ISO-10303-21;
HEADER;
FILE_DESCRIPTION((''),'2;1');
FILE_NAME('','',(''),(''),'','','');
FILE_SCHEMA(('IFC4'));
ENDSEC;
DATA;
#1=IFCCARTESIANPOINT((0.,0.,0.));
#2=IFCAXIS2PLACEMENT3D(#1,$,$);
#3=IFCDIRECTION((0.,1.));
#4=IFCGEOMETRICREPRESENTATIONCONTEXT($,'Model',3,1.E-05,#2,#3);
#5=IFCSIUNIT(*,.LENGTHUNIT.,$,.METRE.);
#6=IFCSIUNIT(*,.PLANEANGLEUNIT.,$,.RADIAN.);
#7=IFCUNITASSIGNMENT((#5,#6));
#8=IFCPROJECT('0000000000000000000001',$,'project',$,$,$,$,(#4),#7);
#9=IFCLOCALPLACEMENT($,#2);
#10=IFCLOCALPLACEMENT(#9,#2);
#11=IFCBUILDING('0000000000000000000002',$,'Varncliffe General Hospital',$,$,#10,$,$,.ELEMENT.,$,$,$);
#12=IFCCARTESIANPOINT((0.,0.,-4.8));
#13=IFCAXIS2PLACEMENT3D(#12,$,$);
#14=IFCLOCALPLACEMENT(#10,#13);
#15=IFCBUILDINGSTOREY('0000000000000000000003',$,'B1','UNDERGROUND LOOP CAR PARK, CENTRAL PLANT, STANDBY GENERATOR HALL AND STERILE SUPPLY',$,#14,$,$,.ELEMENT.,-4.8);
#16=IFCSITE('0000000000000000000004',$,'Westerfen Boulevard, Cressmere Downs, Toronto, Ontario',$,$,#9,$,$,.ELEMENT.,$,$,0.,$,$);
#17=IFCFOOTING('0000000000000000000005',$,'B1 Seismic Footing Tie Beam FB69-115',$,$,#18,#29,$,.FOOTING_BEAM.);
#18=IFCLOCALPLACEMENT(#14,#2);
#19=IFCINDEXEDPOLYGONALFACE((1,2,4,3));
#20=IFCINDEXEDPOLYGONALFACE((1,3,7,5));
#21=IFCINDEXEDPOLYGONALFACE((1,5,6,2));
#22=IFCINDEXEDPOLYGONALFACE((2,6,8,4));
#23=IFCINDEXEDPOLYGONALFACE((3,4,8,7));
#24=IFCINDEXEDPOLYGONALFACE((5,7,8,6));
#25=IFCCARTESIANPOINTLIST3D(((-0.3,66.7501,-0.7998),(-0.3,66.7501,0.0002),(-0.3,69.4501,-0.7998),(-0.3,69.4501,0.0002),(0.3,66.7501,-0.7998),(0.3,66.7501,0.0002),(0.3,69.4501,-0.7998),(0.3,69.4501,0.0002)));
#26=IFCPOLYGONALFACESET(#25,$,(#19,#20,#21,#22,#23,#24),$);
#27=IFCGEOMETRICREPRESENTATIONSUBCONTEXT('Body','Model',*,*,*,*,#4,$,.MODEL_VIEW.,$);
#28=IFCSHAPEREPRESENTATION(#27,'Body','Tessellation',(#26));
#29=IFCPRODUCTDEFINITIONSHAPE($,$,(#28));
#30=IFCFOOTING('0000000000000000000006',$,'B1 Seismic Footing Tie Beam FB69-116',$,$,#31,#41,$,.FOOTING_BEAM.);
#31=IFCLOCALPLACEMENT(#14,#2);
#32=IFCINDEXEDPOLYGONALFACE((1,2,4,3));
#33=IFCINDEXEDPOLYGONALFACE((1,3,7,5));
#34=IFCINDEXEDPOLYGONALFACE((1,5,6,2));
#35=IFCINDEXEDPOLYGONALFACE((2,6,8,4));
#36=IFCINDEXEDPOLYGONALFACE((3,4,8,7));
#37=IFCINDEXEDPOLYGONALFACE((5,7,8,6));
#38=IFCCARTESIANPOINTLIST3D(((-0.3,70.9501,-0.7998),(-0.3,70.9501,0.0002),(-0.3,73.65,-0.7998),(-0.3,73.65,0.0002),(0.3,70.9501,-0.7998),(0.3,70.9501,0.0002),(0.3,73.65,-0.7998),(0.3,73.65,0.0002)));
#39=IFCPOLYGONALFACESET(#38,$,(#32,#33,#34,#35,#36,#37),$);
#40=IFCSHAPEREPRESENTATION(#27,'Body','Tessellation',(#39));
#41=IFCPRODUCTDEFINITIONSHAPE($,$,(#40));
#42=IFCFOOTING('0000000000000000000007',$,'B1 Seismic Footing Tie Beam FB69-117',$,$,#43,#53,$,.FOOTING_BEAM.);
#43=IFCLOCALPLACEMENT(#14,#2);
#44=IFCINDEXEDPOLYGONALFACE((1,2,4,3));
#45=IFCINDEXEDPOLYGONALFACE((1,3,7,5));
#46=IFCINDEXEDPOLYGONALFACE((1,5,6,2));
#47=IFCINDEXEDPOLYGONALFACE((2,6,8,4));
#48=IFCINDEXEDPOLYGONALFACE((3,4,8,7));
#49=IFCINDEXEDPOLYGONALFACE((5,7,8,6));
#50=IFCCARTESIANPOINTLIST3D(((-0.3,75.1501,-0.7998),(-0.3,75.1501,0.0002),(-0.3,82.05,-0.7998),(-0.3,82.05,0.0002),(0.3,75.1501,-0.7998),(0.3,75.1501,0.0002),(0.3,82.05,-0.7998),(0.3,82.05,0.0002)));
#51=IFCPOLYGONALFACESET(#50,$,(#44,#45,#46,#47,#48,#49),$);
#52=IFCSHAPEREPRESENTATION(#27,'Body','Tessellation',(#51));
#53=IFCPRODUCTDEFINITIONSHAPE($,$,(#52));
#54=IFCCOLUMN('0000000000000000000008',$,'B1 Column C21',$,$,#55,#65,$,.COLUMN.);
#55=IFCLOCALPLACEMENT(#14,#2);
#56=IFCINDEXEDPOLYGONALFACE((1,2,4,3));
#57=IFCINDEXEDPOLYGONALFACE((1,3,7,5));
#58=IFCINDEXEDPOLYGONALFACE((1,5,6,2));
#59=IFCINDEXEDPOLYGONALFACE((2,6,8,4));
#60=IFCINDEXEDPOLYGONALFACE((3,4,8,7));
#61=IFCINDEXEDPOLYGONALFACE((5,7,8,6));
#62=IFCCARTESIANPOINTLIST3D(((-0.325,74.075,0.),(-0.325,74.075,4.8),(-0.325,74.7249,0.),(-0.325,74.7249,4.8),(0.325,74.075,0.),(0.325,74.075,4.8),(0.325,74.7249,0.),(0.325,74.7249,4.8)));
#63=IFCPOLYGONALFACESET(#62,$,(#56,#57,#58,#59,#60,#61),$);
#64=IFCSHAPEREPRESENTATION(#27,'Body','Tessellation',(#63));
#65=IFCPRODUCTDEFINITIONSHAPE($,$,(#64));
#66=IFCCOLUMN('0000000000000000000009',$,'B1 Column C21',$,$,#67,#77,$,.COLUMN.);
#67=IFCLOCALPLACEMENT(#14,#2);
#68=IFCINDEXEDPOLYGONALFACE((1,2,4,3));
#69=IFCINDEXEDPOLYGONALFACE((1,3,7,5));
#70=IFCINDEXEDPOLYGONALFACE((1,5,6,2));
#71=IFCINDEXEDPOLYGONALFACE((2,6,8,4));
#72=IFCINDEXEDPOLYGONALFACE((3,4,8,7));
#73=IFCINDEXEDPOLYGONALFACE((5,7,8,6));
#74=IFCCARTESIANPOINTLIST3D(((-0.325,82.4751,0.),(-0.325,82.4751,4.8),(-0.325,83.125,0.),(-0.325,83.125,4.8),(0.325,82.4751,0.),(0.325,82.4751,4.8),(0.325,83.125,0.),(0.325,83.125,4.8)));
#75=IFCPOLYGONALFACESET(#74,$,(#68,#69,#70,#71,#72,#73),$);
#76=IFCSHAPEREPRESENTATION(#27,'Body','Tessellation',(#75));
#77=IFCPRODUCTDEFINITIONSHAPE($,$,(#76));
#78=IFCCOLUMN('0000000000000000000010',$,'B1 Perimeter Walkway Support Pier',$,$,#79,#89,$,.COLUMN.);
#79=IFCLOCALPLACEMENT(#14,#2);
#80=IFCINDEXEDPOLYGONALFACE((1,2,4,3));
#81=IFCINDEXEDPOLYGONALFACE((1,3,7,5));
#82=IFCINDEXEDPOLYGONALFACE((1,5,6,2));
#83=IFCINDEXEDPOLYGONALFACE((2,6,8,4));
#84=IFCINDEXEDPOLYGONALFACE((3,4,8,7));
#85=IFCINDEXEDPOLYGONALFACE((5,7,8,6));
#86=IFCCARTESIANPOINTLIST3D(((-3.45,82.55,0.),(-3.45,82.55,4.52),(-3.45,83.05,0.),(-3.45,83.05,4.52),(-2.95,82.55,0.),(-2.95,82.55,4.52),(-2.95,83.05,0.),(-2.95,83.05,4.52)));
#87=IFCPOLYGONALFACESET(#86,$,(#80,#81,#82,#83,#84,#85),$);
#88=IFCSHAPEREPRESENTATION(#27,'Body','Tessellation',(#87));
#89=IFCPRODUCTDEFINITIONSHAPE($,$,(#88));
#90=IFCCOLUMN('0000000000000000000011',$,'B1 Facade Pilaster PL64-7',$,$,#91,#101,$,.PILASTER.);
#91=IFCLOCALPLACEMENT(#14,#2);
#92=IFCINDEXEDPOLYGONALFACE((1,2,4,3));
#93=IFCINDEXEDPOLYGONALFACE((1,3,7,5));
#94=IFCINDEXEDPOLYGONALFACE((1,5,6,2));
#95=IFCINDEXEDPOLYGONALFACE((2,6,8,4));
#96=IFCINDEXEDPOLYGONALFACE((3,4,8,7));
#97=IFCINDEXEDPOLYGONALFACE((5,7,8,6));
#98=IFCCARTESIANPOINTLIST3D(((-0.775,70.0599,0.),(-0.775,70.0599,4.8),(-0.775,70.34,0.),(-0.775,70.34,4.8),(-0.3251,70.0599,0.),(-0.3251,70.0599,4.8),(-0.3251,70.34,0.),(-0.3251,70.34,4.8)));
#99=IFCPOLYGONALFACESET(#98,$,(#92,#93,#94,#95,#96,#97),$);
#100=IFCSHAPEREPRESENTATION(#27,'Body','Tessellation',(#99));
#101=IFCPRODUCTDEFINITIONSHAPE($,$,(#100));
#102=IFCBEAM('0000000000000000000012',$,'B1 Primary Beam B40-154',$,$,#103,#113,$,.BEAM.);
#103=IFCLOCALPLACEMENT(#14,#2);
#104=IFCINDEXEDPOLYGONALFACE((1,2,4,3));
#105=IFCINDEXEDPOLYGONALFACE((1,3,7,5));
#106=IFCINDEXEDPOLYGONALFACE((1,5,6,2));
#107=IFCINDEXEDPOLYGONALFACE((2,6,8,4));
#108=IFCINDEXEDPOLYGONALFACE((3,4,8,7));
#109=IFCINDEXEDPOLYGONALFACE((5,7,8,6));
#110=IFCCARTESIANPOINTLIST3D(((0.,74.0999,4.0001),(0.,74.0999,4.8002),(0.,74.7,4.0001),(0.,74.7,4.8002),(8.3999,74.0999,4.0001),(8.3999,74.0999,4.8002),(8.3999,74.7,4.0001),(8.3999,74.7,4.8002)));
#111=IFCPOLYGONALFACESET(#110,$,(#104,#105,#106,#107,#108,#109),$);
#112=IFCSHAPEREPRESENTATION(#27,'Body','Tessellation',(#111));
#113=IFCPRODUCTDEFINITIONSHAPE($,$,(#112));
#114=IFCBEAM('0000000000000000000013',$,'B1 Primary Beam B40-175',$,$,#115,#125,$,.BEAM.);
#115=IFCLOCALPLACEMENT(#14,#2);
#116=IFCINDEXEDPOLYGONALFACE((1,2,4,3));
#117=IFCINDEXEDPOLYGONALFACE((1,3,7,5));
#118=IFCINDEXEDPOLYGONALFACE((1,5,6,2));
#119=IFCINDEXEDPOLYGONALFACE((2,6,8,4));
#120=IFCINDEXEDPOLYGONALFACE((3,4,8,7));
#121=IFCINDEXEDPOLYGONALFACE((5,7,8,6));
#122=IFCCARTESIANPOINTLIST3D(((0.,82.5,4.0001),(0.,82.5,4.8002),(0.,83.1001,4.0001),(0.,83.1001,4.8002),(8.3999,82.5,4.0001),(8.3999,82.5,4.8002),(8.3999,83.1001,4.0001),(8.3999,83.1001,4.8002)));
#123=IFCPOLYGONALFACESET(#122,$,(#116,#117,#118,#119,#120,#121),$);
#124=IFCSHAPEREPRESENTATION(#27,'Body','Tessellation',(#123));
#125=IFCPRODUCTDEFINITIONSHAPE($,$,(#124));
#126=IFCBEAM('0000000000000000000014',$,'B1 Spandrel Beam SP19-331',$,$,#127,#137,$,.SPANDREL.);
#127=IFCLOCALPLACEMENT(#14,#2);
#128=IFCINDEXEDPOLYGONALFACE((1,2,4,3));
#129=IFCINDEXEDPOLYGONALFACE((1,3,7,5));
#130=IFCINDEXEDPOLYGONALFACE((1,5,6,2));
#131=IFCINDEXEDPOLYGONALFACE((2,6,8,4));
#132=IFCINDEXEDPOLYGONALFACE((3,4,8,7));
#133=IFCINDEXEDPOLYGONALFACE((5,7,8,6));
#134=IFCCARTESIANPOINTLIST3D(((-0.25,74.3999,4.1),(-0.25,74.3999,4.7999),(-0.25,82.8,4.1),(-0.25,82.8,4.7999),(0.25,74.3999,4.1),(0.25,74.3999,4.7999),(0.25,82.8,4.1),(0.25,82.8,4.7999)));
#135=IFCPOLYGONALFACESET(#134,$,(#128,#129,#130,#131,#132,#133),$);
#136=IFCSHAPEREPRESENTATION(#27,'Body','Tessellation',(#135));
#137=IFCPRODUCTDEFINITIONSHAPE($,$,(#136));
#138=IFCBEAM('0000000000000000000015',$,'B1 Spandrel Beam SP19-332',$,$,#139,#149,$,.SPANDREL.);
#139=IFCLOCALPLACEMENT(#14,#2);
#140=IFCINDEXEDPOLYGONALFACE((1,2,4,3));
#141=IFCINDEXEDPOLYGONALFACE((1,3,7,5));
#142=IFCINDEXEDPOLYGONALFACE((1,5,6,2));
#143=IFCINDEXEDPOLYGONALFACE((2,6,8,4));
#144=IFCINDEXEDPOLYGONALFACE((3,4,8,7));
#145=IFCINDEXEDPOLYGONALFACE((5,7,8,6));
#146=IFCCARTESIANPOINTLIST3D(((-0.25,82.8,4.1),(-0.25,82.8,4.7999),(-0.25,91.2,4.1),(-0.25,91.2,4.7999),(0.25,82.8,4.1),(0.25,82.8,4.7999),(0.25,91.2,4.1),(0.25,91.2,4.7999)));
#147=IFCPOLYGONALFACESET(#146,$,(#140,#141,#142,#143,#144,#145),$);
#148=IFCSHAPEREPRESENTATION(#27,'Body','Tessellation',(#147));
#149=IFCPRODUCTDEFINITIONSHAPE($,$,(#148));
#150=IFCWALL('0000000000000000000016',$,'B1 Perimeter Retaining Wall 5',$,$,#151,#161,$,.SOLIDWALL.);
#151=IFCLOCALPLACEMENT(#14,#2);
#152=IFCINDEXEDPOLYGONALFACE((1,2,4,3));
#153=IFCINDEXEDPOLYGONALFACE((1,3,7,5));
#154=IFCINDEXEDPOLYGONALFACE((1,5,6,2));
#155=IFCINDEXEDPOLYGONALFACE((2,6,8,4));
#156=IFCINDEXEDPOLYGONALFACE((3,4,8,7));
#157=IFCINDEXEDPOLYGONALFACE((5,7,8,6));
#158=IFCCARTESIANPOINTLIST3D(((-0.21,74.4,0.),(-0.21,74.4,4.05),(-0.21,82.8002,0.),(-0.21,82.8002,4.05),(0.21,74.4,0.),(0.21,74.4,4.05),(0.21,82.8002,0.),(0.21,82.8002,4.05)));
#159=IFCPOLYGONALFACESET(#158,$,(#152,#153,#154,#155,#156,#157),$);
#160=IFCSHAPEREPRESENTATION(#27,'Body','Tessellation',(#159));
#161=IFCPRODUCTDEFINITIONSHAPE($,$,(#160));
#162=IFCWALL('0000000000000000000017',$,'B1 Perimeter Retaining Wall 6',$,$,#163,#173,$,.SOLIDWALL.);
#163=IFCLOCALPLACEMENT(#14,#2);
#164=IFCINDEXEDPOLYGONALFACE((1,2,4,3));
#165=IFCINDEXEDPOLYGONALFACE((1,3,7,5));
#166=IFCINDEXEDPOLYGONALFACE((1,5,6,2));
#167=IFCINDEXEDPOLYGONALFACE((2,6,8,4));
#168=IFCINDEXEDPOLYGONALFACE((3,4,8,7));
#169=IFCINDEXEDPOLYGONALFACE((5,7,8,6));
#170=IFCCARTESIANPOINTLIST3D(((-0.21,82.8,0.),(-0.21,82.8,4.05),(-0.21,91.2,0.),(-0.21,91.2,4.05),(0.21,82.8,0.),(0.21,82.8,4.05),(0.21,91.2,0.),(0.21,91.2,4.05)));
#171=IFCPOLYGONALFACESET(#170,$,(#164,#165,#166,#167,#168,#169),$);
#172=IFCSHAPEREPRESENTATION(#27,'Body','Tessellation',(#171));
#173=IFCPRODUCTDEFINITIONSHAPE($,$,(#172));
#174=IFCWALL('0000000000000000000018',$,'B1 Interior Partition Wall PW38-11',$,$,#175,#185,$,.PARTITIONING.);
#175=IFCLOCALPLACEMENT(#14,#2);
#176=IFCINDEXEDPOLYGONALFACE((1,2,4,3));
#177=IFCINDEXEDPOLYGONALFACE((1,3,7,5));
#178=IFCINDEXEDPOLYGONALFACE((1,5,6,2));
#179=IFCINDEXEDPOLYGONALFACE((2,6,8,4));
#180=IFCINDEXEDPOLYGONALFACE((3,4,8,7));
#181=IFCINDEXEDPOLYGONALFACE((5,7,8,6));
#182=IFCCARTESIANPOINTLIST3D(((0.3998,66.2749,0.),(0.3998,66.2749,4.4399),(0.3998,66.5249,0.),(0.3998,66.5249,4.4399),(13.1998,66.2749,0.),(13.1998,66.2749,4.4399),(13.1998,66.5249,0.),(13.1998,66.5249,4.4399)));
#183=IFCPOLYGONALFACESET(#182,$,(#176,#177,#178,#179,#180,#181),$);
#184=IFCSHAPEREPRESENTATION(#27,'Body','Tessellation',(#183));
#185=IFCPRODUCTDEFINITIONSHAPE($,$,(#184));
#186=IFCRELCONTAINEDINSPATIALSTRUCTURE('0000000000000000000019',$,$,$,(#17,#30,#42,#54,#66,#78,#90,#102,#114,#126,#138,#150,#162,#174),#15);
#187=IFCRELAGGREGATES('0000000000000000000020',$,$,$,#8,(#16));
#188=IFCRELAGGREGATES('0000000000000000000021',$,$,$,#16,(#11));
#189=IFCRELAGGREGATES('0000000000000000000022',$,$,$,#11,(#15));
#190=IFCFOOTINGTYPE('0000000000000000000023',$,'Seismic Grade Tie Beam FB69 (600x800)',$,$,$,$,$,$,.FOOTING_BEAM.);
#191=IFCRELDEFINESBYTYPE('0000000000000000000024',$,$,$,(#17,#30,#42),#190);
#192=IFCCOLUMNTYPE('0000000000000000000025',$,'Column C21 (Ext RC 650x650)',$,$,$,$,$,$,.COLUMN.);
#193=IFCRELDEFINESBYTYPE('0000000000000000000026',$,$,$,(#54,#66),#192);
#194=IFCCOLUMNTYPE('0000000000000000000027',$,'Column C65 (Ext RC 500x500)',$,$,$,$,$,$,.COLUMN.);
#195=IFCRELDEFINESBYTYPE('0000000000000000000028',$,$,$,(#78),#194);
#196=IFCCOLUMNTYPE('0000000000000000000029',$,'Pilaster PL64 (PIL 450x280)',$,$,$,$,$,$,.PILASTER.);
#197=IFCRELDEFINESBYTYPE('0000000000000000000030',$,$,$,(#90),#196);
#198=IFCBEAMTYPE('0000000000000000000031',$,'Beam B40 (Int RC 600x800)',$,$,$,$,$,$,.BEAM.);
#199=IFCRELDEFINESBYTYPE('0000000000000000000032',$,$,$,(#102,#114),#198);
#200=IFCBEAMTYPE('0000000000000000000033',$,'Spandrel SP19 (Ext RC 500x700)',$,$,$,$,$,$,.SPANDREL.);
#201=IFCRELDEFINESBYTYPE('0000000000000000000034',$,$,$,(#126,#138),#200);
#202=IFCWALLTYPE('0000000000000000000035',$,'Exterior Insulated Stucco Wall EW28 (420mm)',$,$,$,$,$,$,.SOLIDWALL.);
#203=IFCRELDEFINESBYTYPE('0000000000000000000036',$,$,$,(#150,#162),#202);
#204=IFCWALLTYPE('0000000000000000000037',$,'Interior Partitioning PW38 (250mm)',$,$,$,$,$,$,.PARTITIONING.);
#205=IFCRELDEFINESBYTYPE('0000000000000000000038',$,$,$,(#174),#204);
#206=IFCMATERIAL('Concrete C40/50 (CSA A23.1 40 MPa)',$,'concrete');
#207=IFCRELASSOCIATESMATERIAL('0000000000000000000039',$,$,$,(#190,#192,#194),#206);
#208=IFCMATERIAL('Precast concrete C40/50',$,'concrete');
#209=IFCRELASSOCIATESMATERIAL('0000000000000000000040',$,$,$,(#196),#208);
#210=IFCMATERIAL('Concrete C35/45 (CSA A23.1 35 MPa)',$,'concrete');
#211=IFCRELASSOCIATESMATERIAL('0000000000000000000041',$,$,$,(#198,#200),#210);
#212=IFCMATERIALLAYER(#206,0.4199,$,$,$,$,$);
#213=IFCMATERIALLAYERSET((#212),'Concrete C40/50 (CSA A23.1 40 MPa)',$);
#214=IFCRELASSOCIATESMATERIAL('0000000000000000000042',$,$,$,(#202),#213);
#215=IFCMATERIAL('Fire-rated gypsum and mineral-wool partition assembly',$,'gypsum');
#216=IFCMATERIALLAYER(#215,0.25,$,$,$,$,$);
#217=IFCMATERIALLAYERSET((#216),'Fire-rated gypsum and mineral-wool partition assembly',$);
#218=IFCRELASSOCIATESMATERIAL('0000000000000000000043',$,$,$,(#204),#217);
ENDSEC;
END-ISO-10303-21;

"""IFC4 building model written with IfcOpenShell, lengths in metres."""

from ifc_helpers import new_model, si_unit, direction, frame, frame_2d, origin, origin_2d, place, context, subcontext, project, spatial, rectangle, extrude, material, layer, layer_set, material_profile, profile_set, type_object, element, save


model = new_model("IFC4")

# Units and contexts
model_context = context("Model", 3, precision=1e-05, world=origin(), true_north=direction((0.0, 1.0)))
body_context = subcontext(model_context, "Body", "Model", "MODEL_VIEW")
ifc_project = project(units=[si_unit("LENGTHUNIT", "METRE"), si_unit("PLANEANGLEUNIT", "RADIAN")], contexts=[model_context])

# Site, building, storey
site_placement = place(None, origin())
site = spatial("IfcSite", under=ifc_project, at=site_placement, Name="Westerfen Boulevard, Cressmere Downs, Toronto, Ontario", CompositionType="ELEMENT", RefElevation=0.0)
building_placement = place(site_placement, origin())
building = spatial("IfcBuilding", under=site, at=building_placement, Name="Varncliffe General Hospital", CompositionType="ELEMENT")
storey_placement = place(building_placement, frame((0.0, 0.0, -4.8)))
storey = spatial("IfcBuildingStorey", under=building, at=storey_placement, Name="B1", Description="UNDERGROUND LOOP CAR PARK, CENTRAL PLANT, STANDBY GENERATOR HALL AND STERILE SUPPLY", CompositionType="ELEMENT", Elevation=-4.8)

# Shared definitions
ifc_material_1 = material(Name="Concrete C40/50 (CSA A23.1 40 MPa)", Category="concrete")

# Footings
footing_type_1 = type_object("IfcFootingType", Name="Seismic Grade Tie Beam FB69 (600x800)", PredefinedType="FOOTING_BEAM", material=ifc_material_1)
for number, where, z_axis, x_axis, name in (
    (1, (0.0, 68.1001, -0.7998), (0.0, 0.0, 1.0), (1.0, 0.0, 0.0), "B1 Seismic Footing Tie Beam FB69-115"),
    (2, (0.0, 72.3, -0.7998), (0.0, 0.0, 1.0), (1.0, 0.0, 0.0), "B1 Seismic Footing Tie Beam FB69-116"),
):
    element("IfcFooting", number, at=place(storey_placement, frame(where, z_axis=z_axis, x_axis=x_axis)), inside=storey, type_object=footing_type_1, Name=name, PredefinedType="FOOTING_BEAM", context=body_context, shape_type="SweptSolid", body=[
        extrude(rectangle(XDim=0.6001, YDim=2.7, at=origin_2d()), origin(), (0.0, 0.0, 1.0), 0.8),
    ])
footing_1_placement = place(storey_placement, frame((0.0, 78.6001, -0.7998), z_axis=(0.0, 0.0, 1.0), x_axis=(1.0, 0.0, 0.0)))
element("IfcFooting", 3, at=footing_1_placement, inside=storey, type_object=footing_type_1, Name="B1 Seismic Footing Tie Beam FB69-117", PredefinedType="FOOTING_BEAM", context=body_context, shape_type="SweptSolid", body=[
    extrude(rectangle(XDim=0.6001, YDim=6.8999, at=origin_2d()), origin(), (0.0, 0.0, 1.0), 0.8),
])

# Columns
ifc_material_profile_1 = material_profile(ifc_material_1, rectangle(XDim=0.6499, YDim=0.6499, at=origin_2d()), Name="RC 650x650")
ifc_profile_set_1 = profile_set([ifc_material_profile_1], Name="Concrete C40/50 (CSA A23.1 40 MPa)")
column_type_1 = type_object("IfcColumnType", Name="Column C21 (Ext RC 650x650)", PredefinedType="COLUMN", material=ifc_profile_set_1)
for number, where, z_axis, x_axis, name in (
    (4, (0.0, 74.3999, 0.0), (0.0, 0.0, 1.0), (1.0, 0.0, 0.0), "B1 Column C21"),
    (5, (0.0, 82.8, 0.0), (0.0, 0.0, 1.0), (1.0, 0.0, 0.0), "B1 Column C21"),
):
    element("IfcColumn", number, at=place(storey_placement, frame(where, z_axis=z_axis, x_axis=x_axis)), inside=storey, type_object=column_type_1, Name=name, PredefinedType="COLUMN", context=body_context, shape_type="SweptSolid", body=[
        extrude(rectangle(XDim=0.6499, YDim=0.6499, at=origin_2d()), origin(), (0.0, 0.0, 1.0), 4.8),
    ])
ifc_material_profile_2 = material_profile(ifc_material_1, rectangle(XDim=0.5, YDim=0.5, at=origin_2d()), Name="RC 500x500")
ifc_profile_set_2 = profile_set([ifc_material_profile_2], Name="Concrete C40/50 (CSA A23.1 40 MPa)")
column_type_2 = type_object("IfcColumnType", Name="Column C65 (Ext RC 500x500)", PredefinedType="COLUMN", material=ifc_profile_set_2)
column_1_placement = place(storey_placement, frame((-3.2, 82.8, 0.0), z_axis=(0.0, 0.0, 1.0), x_axis=(1.0, 0.0, 0.0)))
element("IfcColumn", 6, at=column_1_placement, inside=storey, type_object=column_type_2, Name="B1 Perimeter Walkway Support Pier", PredefinedType="COLUMN", context=body_context, shape_type="SweptSolid", body=[
    extrude(rectangle(XDim=0.5, YDim=0.5, at=origin_2d()), origin(), (0.0, 0.0, 1.0), 4.52),
])
ifc_material_2 = material(Name="Precast concrete C40/50", Category="concrete")
ifc_material_profile_3 = material_profile(ifc_material_2, rectangle(XDim=0.45, YDim=0.28, at=origin_2d()), Name="PIL 450x280")
ifc_profile_set_3 = profile_set([ifc_material_profile_3], Name="Precast concrete C40/50")
column_type_3 = type_object("IfcColumnType", Name="Pilaster PL64 (PIL 450x280)", PredefinedType="PILASTER", material=ifc_profile_set_3)
column_2_placement = place(storey_placement, frame((-0.55, 70.2, 0.0), z_axis=(0.0, 0.0, 1.0), x_axis=(1.0, 0.0, 0.0)))
element("IfcColumn", 7, at=column_2_placement, inside=storey, type_object=column_type_3, Name="B1 Facade Pilaster PL64-7", PredefinedType="PILASTER", context=body_context, shape_type="SweptSolid", body=[
    extrude(rectangle(XDim=0.45, YDim=0.28, at=origin_2d()), origin(), (0.0, 0.0, 1.0), 4.8),
])

# Beams
ifc_material_3 = material(Name="Concrete C35/45 (CSA A23.1 35 MPa)", Category="concrete")
ifc_material_profile_4 = material_profile(ifc_material_3, rectangle(XDim=0.6001, YDim=0.8, at=origin_2d()), Name="RC 600x800")
ifc_profile_set_4 = profile_set([ifc_material_profile_4], Name="Concrete C35/45 (CSA A23.1 35 MPa)")
beam_type_1 = type_object("IfcBeamType", Name="Beam B40 (Int RC 600x800)", PredefinedType="BEAM", material=ifc_profile_set_4)
for number, where, z_axis, x_axis, name in (
    (8, (0.0, 74.3999, 4.4001), (1.0, 0.0, 0.0), (0.0, 1.0, 0.0), "B1 Primary Beam B40-154"),
    (9, (0.0, 82.8, 4.4001), (1.0, 0.0, 0.0), (0.0, 1.0, 0.0), "B1 Primary Beam B40-175"),
):
    element("IfcBeam", number, at=place(storey_placement, frame(where, z_axis=z_axis, x_axis=x_axis)), inside=storey, type_object=beam_type_1, Name=name, PredefinedType="BEAM", context=body_context, shape_type="SweptSolid", body=[
        extrude(rectangle(XDim=0.6001, YDim=0.8, at=origin_2d()), origin(), (0.0, 0.0, 1.0), 8.3999),
    ])
ifc_material_profile_5 = material_profile(ifc_material_3, rectangle(XDim=0.5, YDim=0.7, at=origin_2d()), Name="RC 500x700")
ifc_profile_set_5 = profile_set([ifc_material_profile_5], Name="Concrete C35/45 (CSA A23.1 35 MPa)")
beam_type_2 = type_object("IfcBeamType", Name="Spandrel SP19 (Ext RC 500x700)", PredefinedType="SPANDREL", material=ifc_profile_set_5)
beam_1_placement = place(storey_placement, frame((0.0, 74.3999, 4.45), z_axis=(0.0, 1.0, 0.0), x_axis=(-1.0, 0.0, 0.0)))
element("IfcBeam", 10, at=beam_1_placement, inside=storey, type_object=beam_type_2, Name="B1 Spandrel Beam SP19-331", PredefinedType="SPANDREL", context=body_context, shape_type="SweptSolid", body=[
    extrude(rectangle(XDim=0.5, YDim=0.7, at=origin_2d()), origin(), (0.0, 0.0, 1.0), 8.4001),
])
beam_2_placement = place(storey_placement, frame((0.0, 82.8, 4.45), z_axis=(0.0, 1.0, 0.0), x_axis=(-1.0, 0.0, 0.0)))
element("IfcBeam", 11, at=beam_2_placement, inside=storey, type_object=beam_type_2, Name="B1 Spandrel Beam SP19-332", PredefinedType="SPANDREL", context=body_context, shape_type="SweptSolid", body=[
    extrude(rectangle(XDim=0.5, YDim=0.7, at=origin_2d()), origin(), (0.0, 0.0, 1.0), 8.3999),
])

# Walls
ifc_layer_1 = layer(ifc_material_1, 0.4199)
ifc_layer_set_1 = layer_set([ifc_layer_1], Name="Concrete C40/50 (CSA A23.1 40 MPa)")
wall_type_1 = type_object("IfcWallType", Name="Exterior Insulated Stucco Wall EW28 (420mm)", PredefinedType="SOLIDWALL", material=ifc_layer_set_1)
wall_1_placement = place(storey_placement, frame((0.0, 74.3999, 0.0), z_axis=(0.0, 0.0, 1.0), x_axis=(0.0, 1.0, 0.0)))
element("IfcWall", 12, at=wall_1_placement, inside=storey, type_object=wall_type_1, Name="B1 Perimeter Retaining Wall 5", PredefinedType="SOLIDWALL", context=body_context, shape_type="SweptSolid", body=[
    extrude(rectangle(XDim=8.4001, YDim=0.4199, at=frame_2d((4.2002, 0.0))), origin(), (0.0, 0.0, 1.0), 4.05),
])
wall_2_placement = place(storey_placement, frame((0.0, 82.8, 0.0), z_axis=(0.0, 0.0, 1.0), x_axis=(0.0, 1.0, 0.0)))
element("IfcWall", 13, at=wall_2_placement, inside=storey, type_object=wall_type_1, Name="B1 Perimeter Retaining Wall 6", PredefinedType="SOLIDWALL", context=body_context, shape_type="SweptSolid", body=[
    extrude(rectangle(XDim=8.3999, YDim=0.4199, at=frame_2d((4.2, 0.0))), origin(), (0.0, 0.0, 1.0), 4.05),
])
ifc_material_4 = material(Name="Fire-rated gypsum and mineral-wool partition assembly", Category="gypsum")
ifc_layer_2 = layer(ifc_material_4, 0.25)
ifc_layer_set_2 = layer_set([ifc_layer_2], Name="Fire-rated gypsum and mineral-wool partition assembly")
wall_type_2 = type_object("IfcWallType", Name="Interior Partitioning PW38 (250mm)", PredefinedType="PARTITIONING", material=ifc_layer_set_2)
wall_3_placement = place(storey_placement, frame((0.3999, 66.3999, 0.0), z_axis=(0.0, 0.0, 1.0), x_axis=(1.0, 0.0, 0.0)))
element("IfcWall", 14, at=wall_3_placement, inside=storey, type_object=wall_type_2, Name="B1 Interior Partition Wall PW38-11", PredefinedType="PARTITIONING", context=body_context, shape_type="SweptSolid", body=[
    extrude(rectangle(XDim=12.8, YDim=0.25, at=frame_2d((6.3999, 0.0))), origin(), (0.0, 0.0, 1.0), 4.4399),
])

save(model, "model.ifc")
